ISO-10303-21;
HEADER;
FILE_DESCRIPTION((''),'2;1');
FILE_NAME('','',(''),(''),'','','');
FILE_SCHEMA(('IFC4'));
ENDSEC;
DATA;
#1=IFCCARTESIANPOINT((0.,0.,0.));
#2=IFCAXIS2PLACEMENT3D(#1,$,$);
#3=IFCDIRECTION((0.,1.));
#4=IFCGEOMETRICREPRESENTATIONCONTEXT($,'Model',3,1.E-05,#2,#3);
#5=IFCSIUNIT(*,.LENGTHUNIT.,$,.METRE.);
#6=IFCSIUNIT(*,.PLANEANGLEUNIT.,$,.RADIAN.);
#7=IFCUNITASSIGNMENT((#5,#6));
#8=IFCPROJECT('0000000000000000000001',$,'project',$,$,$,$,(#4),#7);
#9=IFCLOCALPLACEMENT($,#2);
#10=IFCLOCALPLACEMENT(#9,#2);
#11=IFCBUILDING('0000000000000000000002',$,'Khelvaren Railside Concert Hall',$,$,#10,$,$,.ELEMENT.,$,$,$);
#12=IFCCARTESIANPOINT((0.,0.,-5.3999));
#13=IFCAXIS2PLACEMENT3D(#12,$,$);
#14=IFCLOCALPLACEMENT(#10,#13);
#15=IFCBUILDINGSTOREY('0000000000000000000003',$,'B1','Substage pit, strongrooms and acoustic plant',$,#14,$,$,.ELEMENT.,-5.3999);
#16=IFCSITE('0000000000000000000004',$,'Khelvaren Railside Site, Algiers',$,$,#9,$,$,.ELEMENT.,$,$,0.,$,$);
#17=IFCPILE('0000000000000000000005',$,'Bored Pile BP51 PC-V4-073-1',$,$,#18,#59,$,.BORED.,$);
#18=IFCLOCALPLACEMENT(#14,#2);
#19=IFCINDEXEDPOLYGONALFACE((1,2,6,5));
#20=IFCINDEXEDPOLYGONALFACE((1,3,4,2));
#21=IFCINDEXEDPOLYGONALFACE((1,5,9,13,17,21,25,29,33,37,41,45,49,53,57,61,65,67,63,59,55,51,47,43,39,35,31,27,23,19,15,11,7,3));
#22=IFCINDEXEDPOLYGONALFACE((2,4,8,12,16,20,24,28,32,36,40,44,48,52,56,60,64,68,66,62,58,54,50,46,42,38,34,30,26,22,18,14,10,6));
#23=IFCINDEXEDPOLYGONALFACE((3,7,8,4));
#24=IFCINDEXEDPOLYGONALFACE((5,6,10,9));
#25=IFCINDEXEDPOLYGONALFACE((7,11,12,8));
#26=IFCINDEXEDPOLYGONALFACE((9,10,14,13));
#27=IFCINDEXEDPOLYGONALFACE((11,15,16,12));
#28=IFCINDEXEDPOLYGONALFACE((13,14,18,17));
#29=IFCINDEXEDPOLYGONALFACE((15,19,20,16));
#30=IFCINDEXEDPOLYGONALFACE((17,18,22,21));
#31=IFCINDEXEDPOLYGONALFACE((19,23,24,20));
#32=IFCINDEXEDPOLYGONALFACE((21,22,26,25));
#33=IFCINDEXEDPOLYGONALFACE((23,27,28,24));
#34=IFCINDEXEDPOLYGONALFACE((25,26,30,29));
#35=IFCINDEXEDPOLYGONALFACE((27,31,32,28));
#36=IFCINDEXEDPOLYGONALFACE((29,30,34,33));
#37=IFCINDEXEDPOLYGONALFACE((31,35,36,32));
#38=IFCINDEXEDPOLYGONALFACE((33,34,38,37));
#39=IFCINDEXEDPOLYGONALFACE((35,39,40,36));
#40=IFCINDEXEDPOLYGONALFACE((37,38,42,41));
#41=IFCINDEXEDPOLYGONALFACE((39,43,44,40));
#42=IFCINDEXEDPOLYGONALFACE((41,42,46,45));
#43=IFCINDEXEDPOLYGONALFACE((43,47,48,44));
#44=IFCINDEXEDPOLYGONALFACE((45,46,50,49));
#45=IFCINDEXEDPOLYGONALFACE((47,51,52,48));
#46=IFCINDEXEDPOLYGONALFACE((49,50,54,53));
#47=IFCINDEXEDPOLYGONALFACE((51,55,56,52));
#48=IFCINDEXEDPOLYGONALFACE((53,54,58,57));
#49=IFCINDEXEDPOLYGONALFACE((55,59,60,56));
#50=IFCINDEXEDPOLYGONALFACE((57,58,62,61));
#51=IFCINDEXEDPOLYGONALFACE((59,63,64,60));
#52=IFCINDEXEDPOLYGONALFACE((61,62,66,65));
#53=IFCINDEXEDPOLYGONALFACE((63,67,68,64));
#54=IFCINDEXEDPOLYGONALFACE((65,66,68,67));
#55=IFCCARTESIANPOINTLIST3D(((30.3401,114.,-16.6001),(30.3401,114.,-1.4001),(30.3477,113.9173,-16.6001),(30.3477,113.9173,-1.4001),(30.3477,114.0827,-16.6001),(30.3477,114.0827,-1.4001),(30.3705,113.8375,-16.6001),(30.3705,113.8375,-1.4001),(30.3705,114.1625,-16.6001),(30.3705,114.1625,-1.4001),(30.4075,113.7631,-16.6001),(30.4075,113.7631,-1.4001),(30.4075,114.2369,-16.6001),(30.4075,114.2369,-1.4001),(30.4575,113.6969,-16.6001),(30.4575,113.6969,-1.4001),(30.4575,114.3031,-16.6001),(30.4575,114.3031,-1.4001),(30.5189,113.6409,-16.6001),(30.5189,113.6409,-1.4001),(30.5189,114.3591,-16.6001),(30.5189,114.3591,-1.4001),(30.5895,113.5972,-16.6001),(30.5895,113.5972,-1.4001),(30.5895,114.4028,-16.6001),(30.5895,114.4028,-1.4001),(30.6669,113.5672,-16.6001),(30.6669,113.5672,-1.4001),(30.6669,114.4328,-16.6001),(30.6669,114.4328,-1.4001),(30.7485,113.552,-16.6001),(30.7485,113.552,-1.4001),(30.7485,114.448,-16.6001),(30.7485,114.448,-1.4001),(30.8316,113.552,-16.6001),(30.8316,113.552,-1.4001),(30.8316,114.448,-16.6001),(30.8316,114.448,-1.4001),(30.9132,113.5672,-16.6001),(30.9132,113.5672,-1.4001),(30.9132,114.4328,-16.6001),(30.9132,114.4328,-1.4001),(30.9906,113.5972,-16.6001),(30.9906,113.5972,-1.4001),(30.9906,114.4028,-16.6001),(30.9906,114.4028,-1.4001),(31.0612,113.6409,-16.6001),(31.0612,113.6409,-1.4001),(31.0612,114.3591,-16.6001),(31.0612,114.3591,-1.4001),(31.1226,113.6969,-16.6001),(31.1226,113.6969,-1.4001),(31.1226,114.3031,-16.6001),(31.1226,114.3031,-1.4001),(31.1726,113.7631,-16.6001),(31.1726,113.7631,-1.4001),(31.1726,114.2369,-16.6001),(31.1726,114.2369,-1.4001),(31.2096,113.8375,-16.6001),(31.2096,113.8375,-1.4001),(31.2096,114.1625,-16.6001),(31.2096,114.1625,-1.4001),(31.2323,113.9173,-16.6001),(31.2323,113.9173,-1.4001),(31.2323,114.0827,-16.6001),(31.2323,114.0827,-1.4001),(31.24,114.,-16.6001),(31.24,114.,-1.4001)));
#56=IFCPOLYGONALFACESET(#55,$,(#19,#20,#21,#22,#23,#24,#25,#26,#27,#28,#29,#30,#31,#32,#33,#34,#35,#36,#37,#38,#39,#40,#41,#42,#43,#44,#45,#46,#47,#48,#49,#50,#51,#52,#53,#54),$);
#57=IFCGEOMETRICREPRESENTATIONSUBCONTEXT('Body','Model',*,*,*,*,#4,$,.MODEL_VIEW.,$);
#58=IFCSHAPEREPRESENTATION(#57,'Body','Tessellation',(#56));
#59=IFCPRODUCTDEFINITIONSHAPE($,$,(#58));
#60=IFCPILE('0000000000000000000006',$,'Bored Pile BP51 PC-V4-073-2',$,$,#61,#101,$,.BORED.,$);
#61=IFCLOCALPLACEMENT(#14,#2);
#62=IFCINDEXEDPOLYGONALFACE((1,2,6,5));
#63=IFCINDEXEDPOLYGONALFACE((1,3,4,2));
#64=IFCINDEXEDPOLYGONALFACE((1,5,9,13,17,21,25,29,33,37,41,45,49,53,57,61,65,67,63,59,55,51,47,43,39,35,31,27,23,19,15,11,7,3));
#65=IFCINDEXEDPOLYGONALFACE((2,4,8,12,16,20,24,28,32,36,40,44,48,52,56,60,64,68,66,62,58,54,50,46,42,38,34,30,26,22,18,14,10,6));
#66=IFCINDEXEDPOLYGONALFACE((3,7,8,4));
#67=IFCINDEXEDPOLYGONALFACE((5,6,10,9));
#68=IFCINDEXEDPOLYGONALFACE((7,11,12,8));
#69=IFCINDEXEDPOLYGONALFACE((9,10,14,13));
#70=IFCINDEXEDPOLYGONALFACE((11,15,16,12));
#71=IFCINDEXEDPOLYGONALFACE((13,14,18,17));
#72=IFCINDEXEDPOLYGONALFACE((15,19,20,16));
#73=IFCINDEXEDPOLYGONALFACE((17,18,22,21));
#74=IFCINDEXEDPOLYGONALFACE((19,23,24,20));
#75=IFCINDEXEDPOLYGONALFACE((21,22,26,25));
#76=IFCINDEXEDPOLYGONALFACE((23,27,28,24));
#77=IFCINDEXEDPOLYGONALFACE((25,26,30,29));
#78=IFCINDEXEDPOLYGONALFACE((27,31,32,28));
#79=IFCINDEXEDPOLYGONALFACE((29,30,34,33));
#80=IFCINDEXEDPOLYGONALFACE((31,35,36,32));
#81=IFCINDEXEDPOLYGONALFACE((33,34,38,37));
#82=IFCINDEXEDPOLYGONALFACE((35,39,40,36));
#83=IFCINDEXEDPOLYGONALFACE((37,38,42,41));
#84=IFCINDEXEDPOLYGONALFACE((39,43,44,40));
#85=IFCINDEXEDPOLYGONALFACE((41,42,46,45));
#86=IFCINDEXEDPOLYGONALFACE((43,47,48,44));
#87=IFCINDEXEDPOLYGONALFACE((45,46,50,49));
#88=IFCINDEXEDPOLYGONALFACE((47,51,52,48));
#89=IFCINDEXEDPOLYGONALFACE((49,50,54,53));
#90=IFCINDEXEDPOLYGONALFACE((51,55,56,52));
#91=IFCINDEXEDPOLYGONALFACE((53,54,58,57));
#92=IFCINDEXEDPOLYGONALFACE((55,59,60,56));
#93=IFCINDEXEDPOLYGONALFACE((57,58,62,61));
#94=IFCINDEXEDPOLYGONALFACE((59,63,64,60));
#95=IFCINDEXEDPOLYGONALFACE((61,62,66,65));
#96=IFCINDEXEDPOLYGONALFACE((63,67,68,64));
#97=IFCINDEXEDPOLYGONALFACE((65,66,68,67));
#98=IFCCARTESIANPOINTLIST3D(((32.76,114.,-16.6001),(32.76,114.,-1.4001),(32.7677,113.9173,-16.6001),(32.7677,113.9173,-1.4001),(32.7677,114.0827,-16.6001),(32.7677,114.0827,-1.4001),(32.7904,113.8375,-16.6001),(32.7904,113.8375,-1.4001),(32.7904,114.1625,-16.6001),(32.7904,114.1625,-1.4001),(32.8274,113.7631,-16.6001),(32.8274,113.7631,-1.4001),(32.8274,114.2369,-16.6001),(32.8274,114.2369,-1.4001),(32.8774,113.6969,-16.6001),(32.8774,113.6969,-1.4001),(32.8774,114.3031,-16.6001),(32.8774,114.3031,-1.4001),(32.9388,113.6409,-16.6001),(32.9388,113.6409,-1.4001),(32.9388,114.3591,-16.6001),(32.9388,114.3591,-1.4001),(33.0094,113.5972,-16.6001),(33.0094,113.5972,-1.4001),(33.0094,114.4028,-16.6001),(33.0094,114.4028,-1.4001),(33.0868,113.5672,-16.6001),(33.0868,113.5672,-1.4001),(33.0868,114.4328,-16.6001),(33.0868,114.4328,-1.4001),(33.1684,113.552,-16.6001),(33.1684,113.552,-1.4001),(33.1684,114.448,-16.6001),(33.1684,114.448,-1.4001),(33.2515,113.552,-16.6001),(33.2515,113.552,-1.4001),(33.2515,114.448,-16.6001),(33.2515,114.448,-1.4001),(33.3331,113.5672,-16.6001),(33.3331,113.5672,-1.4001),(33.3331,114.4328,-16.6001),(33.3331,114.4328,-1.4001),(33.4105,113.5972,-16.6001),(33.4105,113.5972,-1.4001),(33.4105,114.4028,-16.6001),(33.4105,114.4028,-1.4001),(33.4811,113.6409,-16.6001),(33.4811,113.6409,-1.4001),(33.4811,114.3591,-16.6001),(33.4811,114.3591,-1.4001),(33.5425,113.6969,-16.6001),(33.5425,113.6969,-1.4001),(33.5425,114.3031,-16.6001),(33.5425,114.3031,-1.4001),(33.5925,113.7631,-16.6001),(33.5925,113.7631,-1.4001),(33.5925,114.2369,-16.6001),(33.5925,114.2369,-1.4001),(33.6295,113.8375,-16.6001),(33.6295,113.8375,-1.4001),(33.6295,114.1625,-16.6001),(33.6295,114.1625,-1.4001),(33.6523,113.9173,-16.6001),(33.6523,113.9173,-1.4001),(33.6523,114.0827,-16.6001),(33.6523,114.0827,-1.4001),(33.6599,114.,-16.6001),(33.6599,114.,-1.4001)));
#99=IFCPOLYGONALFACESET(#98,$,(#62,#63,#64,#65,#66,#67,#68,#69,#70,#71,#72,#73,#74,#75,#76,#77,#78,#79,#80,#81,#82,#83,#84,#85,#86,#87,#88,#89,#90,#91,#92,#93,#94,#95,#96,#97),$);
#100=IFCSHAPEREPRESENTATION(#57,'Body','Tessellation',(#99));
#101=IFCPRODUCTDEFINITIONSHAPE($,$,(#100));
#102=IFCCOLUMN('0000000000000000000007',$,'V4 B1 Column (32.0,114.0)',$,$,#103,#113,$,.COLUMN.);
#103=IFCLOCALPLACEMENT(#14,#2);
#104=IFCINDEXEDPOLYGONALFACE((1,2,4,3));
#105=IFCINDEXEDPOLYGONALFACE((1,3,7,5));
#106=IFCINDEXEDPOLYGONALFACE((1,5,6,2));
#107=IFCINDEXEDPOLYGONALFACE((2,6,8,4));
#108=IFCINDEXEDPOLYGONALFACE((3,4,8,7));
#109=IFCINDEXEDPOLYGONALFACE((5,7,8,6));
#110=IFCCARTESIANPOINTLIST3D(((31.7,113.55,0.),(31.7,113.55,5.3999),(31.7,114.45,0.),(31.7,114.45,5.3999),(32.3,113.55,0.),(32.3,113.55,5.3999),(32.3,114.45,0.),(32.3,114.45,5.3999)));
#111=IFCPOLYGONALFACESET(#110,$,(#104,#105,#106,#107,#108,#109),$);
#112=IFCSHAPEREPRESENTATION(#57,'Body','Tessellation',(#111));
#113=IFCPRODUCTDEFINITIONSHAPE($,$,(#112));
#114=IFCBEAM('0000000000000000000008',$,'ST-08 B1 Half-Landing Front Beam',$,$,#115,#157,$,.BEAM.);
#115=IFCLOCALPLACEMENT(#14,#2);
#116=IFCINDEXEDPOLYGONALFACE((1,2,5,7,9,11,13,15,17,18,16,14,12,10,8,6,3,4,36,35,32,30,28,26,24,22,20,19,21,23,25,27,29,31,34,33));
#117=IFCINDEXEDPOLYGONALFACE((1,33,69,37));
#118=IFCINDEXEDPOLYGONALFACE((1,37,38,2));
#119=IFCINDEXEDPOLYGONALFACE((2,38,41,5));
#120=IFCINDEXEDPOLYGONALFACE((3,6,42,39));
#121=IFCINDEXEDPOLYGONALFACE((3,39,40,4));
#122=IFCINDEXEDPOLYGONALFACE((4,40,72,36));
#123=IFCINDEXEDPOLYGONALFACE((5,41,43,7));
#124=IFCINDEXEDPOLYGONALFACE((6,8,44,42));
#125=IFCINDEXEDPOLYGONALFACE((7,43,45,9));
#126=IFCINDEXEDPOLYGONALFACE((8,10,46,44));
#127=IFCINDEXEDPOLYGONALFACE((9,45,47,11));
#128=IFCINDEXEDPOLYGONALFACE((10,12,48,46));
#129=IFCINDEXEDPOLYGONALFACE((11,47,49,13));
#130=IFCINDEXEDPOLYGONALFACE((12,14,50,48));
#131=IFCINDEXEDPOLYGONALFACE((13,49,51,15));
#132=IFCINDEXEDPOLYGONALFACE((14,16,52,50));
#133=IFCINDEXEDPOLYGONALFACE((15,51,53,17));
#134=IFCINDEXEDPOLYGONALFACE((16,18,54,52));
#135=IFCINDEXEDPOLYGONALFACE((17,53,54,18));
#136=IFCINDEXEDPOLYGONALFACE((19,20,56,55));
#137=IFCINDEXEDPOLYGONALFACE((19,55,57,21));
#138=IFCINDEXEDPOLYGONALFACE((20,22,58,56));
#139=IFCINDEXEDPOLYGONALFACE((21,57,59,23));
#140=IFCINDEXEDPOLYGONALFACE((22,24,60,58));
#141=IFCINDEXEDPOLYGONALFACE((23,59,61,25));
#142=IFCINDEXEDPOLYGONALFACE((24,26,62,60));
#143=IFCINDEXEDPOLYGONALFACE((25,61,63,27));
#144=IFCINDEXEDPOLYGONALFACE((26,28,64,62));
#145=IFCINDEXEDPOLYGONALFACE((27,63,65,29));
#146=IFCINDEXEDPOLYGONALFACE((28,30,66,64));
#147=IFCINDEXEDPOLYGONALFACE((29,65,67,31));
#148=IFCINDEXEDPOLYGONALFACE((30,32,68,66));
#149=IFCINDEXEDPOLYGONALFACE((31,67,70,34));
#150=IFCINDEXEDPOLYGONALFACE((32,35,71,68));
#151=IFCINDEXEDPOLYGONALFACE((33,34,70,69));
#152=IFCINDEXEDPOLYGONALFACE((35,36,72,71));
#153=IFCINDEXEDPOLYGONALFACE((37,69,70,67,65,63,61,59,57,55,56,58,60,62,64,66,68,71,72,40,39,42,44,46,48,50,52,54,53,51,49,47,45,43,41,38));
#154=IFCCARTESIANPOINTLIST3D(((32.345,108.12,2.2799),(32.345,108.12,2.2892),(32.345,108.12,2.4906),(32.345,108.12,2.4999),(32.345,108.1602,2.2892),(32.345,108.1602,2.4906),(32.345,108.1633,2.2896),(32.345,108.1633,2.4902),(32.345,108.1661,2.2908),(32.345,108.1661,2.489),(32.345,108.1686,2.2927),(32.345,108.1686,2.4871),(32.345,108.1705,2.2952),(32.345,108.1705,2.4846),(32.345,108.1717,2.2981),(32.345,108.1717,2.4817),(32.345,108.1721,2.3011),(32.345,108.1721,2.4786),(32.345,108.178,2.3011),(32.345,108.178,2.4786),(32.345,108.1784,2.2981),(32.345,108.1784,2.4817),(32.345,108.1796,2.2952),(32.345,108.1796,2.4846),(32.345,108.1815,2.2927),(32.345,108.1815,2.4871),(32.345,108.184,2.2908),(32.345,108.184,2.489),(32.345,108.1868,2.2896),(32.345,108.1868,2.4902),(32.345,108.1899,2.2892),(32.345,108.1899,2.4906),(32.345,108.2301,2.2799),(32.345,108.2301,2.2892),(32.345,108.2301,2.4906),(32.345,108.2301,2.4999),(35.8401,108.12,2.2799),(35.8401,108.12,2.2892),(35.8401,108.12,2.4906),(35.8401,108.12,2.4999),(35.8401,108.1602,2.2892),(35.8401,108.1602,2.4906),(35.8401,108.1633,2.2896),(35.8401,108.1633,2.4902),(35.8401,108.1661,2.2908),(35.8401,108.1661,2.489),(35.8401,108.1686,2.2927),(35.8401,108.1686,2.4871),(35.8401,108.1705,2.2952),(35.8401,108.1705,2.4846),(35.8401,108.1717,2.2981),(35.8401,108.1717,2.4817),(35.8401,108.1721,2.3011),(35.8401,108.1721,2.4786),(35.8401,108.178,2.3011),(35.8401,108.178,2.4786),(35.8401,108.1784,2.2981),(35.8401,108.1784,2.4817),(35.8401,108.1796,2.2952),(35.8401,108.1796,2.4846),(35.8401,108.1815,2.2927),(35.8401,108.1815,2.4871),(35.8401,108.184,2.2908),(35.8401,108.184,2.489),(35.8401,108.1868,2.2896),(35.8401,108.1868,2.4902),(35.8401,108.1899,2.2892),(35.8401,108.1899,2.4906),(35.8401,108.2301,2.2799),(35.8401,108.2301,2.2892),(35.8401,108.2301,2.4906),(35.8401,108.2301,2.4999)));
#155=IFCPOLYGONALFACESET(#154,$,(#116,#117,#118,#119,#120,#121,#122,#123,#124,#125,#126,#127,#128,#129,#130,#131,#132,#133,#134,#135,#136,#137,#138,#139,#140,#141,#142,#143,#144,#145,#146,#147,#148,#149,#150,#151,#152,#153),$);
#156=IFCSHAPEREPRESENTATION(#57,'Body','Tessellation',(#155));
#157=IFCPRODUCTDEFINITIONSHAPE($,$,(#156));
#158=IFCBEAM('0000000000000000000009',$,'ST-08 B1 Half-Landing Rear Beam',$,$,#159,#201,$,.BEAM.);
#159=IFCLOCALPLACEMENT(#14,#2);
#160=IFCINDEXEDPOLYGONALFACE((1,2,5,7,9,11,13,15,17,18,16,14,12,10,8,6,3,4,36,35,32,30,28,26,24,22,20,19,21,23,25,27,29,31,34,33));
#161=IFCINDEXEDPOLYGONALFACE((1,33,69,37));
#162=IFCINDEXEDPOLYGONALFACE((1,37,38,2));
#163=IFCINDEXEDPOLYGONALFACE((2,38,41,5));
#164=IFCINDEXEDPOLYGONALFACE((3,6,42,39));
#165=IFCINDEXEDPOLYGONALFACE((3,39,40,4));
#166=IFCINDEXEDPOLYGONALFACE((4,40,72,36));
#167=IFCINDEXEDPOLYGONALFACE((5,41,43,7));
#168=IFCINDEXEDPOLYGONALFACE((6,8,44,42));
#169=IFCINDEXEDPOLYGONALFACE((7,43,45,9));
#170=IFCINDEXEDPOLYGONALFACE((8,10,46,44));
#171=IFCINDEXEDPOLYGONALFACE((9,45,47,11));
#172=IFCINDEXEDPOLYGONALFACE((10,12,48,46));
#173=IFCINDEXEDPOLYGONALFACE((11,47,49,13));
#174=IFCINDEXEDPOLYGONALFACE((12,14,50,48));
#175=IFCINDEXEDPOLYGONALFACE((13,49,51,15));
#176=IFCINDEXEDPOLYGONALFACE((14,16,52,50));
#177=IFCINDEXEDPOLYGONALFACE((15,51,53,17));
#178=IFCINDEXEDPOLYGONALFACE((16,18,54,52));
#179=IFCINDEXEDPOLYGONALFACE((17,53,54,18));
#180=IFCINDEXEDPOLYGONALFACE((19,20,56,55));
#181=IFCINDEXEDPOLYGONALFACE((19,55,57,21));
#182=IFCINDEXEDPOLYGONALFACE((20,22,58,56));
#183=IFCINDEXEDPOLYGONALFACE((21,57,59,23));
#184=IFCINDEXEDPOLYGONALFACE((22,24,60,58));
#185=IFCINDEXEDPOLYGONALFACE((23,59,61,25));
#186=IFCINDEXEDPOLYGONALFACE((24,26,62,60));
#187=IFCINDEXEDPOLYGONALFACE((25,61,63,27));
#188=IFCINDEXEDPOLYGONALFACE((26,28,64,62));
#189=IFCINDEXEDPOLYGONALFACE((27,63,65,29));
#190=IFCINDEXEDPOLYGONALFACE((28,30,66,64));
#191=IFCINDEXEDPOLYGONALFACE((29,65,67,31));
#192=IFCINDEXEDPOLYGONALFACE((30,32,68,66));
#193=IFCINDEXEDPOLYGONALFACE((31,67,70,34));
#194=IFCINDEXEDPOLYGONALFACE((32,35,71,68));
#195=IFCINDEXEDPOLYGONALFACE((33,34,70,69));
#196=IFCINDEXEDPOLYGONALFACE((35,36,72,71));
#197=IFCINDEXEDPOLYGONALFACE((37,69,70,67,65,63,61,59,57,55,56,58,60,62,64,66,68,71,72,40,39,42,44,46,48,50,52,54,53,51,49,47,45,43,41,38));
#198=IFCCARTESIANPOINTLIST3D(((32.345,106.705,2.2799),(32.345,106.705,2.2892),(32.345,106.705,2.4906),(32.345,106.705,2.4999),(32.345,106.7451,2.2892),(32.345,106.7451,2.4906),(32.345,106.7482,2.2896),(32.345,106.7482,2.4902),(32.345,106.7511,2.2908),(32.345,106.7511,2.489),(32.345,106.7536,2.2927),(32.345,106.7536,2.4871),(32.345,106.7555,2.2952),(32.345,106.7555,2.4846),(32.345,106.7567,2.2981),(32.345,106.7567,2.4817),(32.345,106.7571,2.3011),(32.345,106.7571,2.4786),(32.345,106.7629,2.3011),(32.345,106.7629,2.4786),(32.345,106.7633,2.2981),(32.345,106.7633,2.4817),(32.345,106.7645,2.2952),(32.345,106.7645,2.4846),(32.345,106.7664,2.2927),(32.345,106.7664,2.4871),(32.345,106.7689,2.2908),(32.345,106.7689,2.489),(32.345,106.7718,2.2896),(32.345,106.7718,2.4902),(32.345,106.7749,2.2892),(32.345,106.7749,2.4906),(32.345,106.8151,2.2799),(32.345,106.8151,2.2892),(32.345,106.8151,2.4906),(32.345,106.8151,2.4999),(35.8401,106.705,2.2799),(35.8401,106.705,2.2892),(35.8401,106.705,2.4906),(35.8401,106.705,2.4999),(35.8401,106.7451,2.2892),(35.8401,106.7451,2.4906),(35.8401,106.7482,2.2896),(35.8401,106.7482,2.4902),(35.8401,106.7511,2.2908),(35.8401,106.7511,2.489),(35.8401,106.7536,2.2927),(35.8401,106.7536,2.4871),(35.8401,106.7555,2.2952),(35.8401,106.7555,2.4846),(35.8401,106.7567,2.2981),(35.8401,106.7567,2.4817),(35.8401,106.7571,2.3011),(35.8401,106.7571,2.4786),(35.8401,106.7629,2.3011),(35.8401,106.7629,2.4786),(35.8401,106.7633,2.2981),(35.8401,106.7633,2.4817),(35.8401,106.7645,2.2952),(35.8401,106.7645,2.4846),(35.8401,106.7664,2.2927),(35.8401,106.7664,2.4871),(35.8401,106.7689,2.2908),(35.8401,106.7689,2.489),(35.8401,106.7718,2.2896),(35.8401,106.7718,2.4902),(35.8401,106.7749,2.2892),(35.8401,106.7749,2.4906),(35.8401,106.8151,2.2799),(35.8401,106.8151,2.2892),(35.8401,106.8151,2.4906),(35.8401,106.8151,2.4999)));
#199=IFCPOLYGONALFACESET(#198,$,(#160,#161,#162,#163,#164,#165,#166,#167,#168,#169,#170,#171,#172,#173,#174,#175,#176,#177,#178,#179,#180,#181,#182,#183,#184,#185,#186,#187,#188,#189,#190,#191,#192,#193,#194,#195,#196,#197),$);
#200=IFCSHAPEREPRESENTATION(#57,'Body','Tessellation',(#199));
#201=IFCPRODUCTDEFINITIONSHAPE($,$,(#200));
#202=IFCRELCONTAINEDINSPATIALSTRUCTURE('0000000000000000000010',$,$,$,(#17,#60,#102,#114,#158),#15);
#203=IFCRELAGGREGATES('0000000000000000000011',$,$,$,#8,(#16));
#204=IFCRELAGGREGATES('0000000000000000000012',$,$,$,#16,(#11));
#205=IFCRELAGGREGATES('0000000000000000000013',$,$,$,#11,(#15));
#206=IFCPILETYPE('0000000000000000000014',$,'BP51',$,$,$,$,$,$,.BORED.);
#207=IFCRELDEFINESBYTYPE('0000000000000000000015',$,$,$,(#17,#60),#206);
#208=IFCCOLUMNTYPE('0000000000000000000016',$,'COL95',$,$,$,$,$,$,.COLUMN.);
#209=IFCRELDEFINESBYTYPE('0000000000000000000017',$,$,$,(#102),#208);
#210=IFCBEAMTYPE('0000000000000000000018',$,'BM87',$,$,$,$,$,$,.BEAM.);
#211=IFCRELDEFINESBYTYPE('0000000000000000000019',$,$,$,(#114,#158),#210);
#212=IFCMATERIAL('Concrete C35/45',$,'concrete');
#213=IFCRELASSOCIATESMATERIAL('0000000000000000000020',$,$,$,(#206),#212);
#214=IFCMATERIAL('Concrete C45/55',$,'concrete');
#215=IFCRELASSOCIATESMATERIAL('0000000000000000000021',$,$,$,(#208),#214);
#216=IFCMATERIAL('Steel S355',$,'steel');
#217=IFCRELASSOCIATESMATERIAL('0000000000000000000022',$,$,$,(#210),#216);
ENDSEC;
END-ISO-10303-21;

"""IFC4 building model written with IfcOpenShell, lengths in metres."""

from ifc_helpers import new_model, si_unit, direction, frame, origin, origin_2d, place, context, subcontext, project, spatial, rectangle, circle, i_section, extrude, material, material_profile, profile_set, type_object, element, save


model = new_model("IFC4")

# Units and contexts
model_context = context("Model", 3, precision=1e-05, world=origin(), true_north=direction((0.0, 1.0)))
body_context = subcontext(model_context, "Body", "Model", "MODEL_VIEW")
ifc_project = project(units=[si_unit("LENGTHUNIT", "METRE"), si_unit("PLANEANGLEUNIT", "RADIAN")], contexts=[model_context])

# Site, building, storey
site_placement = place(None, origin())
site = spatial("IfcSite", under=ifc_project, at=site_placement, Name="Khelvaren Railside Site, Algiers", CompositionType="ELEMENT", RefElevation=0.0)
building_placement = place(site_placement, origin())
building = spatial("IfcBuilding", under=site, at=building_placement, Name="Khelvaren Railside Concert Hall", CompositionType="ELEMENT")
storey_placement = place(building_placement, frame((0.0, 0.0, -5.3999)))
storey = spatial("IfcBuildingStorey", under=building, at=storey_placement, Name="B1", Description="Substage pit, strongrooms and acoustic plant", CompositionType="ELEMENT", Elevation=-5.3999)

# Piles
ifc_material_1 = material(Name="Concrete C35/45", Category="concrete")
ifc_material_profile_1 = material_profile(ifc_material_1, circle(Radius=0.45, at=origin_2d()), Name="BP D900")
ifc_profile_set_1 = profile_set([ifc_material_profile_1], Name="Concrete C35/45")
pile_type = type_object("IfcPileType", Name="BP51", PredefinedType="BORED", material=ifc_profile_set_1)
for number, where, z_axis, x_axis, name in (
    (1, (30.79, 114.0, -1.4001), (0.0, 0.0, -1.0), (1.0, 0.0, 0.0), "Bored Pile BP51 PC-V4-073-1"),
    (2, (33.21, 114.0, -1.4001), (0.0, 0.0, -1.0), (1.0, 0.0, 0.0), "Bored Pile BP51 PC-V4-073-2"),
):
    element("IfcPile", number, at=place(storey_placement, frame(where, z_axis=z_axis, x_axis=x_axis)), inside=storey, type_object=pile_type, Name=name, PredefinedType="BORED", context=body_context, shape_type="SweptSolid", body=[
        extrude(circle(Radius=0.45, at=origin_2d()), origin(), (0.0, 0.0, 1.0), 15.2),
    ])

# Column
ifc_material_2 = material(Name="Concrete C45/55", Category="concrete")
ifc_material_profile_2 = material_profile(ifc_material_2, rectangle(XDim=0.6001, YDim=0.8999, at=origin_2d()), Name="RC 600x900")
ifc_profile_set_2 = profile_set([ifc_material_profile_2], Name="Concrete C45/55")
column_type = type_object("IfcColumnType", Name="COL95", PredefinedType="COLUMN", material=ifc_profile_set_2)
column_placement = place(storey_placement, frame((32.0, 114.0, 0.0), z_axis=(0.0, 0.0, 1.0), x_axis=(1.0, 0.0, 0.0)))
element("IfcColumn", 3, at=column_placement, inside=storey, type_object=column_type, Name="V4 B1 Column (32.0,114.0)", PredefinedType="COLUMN", context=body_context, shape_type="SweptSolid", body=[
    extrude(rectangle(XDim=0.6001, YDim=0.8999, at=origin_2d()), origin(), (0.0, 0.0, 1.0), 5.3999),
])

# Beams
ifc_material_3 = material(Name="Steel S355", Category="steel")
ifc_material_profile_3 = material_profile(ifc_material_3, i_section(OverallWidth=0.1101, OverallDepth=0.22, WebThickness=0.0059, FlangeThickness=0.0093, FilletRadius=0.012, at=origin_2d()), Name="IPE 220")
ifc_profile_set_3 = profile_set([ifc_material_profile_3], Name="Steel S355")
beam_type_1 = type_object("IfcBeamType", Name="BM87", PredefinedType="BEAM", material=ifc_profile_set_3)
for number, where, z_axis, x_axis, name in (
    (4, (32.345, 108.175, 2.3899), (1.0, 0.0, 0.0), (0.0, 1.0, 0.0), "ST-08 B1 Half-Landing Front Beam"),
    (5, (32.345, 106.76, 2.3899), (1.0, 0.0, 0.0), (0.0, 1.0, 0.0), "ST-08 B1 Half-Landing Rear Beam"),
):
    element("IfcBeam", number, at=place(storey_placement, frame(where, z_axis=z_axis, x_axis=x_axis)), inside=storey, type_object=beam_type_1, Name=name, PredefinedType="BEAM", context=body_context, shape_type="SweptSolid", body=[
        extrude(i_section(OverallWidth=0.1101, OverallDepth=0.22, WebThickness=0.0059, FlangeThickness=0.0093, FilletRadius=0.012, at=origin_2d()), origin(), (0.0, 0.0, 1.0), 3.4951),
    ])

save(model, "model.ifc")
